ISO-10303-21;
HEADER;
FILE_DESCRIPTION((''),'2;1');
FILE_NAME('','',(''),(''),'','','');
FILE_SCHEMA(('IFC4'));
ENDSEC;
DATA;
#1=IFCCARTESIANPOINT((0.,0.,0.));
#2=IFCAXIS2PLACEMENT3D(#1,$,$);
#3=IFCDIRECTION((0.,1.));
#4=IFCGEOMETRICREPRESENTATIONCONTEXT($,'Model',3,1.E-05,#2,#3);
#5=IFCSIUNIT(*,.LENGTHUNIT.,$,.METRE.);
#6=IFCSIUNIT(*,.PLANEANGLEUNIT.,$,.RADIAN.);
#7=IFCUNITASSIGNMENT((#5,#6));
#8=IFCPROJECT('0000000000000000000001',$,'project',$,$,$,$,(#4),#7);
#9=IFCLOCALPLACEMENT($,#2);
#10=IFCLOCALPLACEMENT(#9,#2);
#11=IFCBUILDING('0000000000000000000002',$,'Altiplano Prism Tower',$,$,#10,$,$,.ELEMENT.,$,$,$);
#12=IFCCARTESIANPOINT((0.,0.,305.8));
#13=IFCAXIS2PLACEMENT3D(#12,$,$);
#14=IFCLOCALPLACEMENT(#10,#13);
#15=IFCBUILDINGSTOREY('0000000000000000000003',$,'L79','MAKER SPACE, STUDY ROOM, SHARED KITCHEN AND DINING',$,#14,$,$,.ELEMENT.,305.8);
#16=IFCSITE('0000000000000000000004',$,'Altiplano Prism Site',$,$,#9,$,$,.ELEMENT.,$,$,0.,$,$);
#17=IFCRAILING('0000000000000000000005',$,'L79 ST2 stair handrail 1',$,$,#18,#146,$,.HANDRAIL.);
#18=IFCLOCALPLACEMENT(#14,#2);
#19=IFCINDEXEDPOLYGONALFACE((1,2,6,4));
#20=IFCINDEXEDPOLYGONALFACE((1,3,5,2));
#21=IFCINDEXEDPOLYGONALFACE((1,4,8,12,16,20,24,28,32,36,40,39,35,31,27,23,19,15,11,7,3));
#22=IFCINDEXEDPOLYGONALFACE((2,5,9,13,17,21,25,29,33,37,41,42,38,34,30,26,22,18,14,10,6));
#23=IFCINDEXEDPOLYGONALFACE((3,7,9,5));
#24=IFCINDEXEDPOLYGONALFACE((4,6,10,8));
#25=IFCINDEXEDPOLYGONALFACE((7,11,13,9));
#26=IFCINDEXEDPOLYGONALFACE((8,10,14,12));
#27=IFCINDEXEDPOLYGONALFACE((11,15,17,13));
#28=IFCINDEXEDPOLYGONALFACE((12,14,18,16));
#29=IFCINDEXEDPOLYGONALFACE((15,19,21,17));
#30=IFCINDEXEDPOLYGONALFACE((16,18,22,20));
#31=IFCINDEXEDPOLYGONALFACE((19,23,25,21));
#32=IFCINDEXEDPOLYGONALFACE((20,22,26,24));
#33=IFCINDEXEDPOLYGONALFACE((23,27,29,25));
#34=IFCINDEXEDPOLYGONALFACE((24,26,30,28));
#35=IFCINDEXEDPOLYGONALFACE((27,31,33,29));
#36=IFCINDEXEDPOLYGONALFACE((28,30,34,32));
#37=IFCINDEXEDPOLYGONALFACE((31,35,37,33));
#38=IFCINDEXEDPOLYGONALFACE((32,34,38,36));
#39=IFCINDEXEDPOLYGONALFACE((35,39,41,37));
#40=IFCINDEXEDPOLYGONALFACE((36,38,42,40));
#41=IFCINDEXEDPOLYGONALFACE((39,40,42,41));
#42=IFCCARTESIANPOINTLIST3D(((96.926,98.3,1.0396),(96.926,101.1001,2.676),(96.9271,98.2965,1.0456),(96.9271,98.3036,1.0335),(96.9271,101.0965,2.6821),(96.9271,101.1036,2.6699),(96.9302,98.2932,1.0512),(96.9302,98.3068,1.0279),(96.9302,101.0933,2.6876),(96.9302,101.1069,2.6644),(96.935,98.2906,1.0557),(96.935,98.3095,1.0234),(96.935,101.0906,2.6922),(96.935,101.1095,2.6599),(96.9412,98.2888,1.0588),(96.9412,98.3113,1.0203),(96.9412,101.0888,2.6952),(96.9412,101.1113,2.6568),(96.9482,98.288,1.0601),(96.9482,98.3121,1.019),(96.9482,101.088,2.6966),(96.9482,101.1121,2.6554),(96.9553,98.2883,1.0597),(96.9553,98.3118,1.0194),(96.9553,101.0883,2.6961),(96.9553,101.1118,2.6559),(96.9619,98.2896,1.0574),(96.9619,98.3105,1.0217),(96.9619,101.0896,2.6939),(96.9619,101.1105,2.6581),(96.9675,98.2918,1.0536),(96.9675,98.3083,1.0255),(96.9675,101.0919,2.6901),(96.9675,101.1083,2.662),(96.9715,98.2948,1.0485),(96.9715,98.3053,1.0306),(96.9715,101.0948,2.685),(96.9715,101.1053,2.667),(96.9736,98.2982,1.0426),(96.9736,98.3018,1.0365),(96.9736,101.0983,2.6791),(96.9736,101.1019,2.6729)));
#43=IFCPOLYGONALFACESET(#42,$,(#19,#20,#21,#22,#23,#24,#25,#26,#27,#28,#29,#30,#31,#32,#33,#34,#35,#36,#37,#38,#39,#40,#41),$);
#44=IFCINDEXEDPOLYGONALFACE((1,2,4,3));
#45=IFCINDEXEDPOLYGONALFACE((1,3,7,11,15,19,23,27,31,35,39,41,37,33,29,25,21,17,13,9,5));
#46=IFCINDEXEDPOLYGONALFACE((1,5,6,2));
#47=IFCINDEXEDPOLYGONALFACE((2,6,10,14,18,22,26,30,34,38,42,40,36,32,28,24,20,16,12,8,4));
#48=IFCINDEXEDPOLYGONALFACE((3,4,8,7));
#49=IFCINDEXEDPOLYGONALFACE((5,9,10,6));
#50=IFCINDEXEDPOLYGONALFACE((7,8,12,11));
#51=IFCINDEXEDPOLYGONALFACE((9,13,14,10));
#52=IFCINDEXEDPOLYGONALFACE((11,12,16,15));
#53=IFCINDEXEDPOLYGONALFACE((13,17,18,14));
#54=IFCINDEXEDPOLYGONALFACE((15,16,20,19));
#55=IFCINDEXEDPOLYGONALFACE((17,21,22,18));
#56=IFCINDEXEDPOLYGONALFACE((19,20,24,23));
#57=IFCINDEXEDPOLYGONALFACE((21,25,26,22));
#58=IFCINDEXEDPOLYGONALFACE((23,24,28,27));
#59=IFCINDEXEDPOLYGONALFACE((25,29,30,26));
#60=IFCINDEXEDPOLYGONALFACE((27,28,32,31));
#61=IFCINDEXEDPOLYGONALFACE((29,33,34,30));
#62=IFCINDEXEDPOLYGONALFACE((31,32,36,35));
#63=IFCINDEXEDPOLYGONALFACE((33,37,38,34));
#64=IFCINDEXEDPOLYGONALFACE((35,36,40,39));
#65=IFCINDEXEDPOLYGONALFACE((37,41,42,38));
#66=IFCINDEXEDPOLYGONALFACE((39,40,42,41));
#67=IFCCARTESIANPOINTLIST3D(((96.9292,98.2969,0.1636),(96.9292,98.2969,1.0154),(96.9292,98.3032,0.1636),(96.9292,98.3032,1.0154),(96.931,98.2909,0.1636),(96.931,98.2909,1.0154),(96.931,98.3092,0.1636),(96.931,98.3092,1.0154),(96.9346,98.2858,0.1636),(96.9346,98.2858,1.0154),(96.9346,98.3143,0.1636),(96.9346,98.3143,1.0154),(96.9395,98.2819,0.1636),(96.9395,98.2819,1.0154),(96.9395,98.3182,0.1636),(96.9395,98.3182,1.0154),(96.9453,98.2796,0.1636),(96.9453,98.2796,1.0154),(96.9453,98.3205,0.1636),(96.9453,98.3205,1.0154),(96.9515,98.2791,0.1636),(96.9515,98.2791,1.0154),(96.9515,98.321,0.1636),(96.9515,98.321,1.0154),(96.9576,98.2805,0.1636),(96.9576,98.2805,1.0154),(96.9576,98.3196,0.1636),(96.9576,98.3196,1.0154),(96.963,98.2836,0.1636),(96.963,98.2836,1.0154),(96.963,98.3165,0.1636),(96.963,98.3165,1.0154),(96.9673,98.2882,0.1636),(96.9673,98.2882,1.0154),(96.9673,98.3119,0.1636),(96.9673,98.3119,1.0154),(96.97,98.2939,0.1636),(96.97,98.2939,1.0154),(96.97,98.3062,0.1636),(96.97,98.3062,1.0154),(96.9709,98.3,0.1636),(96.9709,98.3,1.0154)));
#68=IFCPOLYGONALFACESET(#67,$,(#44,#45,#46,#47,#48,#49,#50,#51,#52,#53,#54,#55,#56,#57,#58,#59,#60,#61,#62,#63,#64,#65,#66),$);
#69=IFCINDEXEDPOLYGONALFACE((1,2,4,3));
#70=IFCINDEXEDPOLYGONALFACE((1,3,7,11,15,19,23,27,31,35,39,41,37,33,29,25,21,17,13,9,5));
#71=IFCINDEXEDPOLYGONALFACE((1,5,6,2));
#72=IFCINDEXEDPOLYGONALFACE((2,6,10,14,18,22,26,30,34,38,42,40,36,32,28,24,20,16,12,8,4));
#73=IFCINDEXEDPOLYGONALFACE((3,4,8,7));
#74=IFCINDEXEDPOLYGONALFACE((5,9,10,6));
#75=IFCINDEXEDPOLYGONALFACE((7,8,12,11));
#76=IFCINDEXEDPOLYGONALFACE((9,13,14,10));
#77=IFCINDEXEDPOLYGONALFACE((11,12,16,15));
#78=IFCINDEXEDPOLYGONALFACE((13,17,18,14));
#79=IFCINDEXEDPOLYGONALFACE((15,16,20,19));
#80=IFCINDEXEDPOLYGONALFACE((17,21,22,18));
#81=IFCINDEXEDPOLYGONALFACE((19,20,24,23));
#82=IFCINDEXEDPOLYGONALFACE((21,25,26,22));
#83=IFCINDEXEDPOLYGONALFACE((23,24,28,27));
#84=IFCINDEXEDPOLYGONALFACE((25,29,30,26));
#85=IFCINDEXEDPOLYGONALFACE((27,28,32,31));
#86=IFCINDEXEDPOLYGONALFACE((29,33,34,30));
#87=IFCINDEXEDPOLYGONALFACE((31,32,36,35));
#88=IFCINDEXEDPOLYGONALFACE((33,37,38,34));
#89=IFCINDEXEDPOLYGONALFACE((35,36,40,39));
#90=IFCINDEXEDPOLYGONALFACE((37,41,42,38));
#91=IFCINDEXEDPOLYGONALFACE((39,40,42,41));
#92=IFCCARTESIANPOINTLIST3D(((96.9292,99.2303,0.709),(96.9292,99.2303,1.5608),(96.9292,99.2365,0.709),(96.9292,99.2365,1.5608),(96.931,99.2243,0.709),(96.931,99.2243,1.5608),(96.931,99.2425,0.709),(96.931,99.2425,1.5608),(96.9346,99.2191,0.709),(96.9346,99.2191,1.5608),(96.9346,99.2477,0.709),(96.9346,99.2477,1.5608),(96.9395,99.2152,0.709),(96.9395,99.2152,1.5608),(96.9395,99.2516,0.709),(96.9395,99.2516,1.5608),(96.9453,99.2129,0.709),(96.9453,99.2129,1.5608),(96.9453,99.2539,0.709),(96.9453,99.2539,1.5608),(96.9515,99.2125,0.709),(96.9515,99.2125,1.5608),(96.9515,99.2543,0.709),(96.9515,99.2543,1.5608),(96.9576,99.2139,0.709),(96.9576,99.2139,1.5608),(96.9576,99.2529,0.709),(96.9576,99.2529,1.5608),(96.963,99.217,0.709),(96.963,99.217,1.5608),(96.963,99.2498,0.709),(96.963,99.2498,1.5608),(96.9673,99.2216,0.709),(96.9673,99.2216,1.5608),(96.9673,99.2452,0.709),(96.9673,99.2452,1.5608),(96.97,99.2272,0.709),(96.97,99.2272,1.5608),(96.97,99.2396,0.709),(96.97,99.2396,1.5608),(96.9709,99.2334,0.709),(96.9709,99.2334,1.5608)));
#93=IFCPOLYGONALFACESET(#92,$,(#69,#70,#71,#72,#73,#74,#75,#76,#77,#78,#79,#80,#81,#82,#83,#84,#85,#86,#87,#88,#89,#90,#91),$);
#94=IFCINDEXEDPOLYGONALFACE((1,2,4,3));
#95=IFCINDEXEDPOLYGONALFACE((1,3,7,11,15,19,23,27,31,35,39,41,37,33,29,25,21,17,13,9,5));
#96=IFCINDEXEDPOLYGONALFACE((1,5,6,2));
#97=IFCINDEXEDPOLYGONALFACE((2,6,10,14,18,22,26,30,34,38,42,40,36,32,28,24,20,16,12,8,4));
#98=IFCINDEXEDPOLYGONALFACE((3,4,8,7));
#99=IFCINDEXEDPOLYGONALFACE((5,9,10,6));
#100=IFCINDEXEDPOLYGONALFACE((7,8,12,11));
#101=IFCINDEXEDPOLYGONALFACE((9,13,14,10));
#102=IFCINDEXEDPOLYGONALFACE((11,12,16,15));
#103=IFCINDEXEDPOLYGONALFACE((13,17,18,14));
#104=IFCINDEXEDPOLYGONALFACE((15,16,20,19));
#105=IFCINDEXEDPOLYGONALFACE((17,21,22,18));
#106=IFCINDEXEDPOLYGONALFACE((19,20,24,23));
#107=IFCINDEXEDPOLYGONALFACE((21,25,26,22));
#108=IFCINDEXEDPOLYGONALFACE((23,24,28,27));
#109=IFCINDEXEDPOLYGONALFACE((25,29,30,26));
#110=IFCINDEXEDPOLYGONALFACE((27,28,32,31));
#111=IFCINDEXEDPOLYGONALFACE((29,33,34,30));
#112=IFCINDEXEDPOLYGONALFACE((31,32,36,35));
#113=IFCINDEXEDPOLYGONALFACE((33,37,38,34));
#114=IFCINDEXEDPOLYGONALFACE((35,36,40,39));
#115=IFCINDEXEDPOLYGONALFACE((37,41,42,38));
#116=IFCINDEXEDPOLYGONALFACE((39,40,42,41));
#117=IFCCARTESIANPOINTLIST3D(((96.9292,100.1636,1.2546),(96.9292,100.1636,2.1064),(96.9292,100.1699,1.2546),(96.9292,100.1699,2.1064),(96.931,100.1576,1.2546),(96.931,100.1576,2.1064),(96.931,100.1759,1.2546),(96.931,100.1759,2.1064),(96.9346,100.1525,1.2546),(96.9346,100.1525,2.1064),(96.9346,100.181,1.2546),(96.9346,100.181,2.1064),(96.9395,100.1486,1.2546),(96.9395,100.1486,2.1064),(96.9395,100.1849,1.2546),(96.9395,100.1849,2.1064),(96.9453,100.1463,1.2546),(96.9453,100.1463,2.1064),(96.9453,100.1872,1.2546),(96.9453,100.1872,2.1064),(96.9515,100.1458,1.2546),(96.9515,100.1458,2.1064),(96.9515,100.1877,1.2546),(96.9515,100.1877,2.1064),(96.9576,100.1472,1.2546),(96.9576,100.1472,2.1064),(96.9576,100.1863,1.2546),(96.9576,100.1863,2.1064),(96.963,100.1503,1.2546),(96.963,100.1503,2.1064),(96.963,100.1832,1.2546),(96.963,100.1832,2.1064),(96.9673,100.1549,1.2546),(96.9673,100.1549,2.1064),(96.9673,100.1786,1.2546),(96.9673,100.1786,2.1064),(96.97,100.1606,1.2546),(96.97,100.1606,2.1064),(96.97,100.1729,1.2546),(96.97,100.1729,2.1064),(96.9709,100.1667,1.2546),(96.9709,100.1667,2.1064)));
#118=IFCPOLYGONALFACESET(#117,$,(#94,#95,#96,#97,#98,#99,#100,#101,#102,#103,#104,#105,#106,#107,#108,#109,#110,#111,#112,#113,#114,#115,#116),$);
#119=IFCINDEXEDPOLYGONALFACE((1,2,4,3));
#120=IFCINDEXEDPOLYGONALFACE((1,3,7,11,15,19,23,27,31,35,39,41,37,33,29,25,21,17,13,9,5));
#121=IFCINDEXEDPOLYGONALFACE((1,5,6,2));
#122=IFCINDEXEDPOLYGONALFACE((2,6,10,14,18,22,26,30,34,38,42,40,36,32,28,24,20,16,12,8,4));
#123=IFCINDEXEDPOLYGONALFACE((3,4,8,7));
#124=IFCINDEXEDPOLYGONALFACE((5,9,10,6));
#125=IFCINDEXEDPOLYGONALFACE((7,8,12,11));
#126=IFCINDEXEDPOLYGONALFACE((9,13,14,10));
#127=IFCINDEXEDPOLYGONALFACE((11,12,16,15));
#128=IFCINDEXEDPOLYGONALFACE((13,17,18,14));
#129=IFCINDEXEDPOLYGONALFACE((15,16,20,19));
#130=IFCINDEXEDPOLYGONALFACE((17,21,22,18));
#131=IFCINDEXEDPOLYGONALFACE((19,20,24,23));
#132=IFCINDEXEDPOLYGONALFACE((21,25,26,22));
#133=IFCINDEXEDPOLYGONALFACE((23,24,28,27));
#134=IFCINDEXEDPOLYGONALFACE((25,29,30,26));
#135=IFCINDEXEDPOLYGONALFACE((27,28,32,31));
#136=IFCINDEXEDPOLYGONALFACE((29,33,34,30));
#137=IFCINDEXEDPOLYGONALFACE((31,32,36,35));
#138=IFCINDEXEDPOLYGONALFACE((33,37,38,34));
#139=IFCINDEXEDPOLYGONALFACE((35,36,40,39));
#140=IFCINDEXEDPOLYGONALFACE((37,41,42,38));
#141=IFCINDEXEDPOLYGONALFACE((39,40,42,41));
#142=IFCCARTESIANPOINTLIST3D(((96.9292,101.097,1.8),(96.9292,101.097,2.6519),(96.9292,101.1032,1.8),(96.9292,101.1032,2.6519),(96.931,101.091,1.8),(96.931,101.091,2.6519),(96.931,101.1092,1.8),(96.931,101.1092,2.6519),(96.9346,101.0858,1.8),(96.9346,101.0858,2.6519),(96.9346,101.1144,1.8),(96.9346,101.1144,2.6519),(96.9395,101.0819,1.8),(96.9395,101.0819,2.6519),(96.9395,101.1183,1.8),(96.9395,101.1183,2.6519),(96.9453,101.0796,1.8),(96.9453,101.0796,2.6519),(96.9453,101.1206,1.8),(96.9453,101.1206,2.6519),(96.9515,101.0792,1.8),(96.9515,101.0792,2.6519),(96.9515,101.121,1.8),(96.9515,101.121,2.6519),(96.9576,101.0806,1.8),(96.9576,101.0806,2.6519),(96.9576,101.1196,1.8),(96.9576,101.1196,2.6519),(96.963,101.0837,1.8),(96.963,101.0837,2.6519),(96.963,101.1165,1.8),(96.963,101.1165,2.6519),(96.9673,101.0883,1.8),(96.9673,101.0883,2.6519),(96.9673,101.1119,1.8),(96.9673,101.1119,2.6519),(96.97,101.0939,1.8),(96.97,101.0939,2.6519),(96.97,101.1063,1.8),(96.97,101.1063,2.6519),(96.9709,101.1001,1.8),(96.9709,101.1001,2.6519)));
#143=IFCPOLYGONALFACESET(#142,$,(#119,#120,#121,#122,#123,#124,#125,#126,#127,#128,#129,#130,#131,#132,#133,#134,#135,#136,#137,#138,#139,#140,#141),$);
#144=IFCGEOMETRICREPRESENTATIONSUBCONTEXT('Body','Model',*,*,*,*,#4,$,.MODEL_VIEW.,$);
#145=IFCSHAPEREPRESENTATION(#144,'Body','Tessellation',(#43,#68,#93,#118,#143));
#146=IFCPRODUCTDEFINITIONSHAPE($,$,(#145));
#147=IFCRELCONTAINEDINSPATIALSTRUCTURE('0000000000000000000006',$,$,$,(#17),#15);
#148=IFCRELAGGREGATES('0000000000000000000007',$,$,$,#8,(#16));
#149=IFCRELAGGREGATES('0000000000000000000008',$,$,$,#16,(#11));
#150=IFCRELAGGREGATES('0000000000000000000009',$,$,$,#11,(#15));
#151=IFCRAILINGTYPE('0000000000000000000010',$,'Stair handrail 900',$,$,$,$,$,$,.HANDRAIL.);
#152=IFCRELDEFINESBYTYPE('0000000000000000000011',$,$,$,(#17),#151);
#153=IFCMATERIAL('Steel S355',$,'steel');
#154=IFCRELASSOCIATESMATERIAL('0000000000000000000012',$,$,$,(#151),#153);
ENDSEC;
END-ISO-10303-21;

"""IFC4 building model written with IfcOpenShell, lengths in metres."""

from ifc_helpers import new_model, si_unit, direction, frame, origin, origin_2d, place, context, subcontext, project, spatial, circle, extrude, material, type_object, element, save


model = new_model("IFC4")

# Units and contexts
model_context = context("Model", 3, precision=1e-05, world=origin(), true_north=direction((0.0, 1.0)))
body_context = subcontext(model_context, "Body", "Model", "MODEL_VIEW")
ifc_project = project(units=[si_unit("LENGTHUNIT", "METRE"), si_unit("PLANEANGLEUNIT", "RADIAN")], contexts=[model_context])

# Site, building, storey
site_placement = place(None, origin())
site = spatial("IfcSite", under=ifc_project, at=site_placement, Name="Altiplano Prism Site", CompositionType="ELEMENT", RefElevation=0.0)
building_placement = place(site_placement, origin())
building = spatial("IfcBuilding", under=site, at=building_placement, Name="Altiplano Prism Tower", CompositionType="ELEMENT")
storey_placement = place(building_placement, frame((0.0, 0.0, 305.8)))
storey = spatial("IfcBuildingStorey", under=building, at=storey_placement, Name="L79", Description="MAKER SPACE, STUDY ROOM, SHARED KITCHEN AND DINING", CompositionType="ELEMENT", Elevation=305.8)

# Railing
ifc_material_1 = material(Name="Steel S355", Category="steel")
railing_type = type_object("IfcRailingType", Name="Stair handrail 900", PredefinedType="HANDRAIL", material=ifc_material_1)
railing_placement = place(storey_placement, frame((96.95, 98.3, 0.1636)))
element("IfcRailing", 1, at=railing_placement, inside=storey, type_object=railing_type, Name="L79 ST2 stair handrail 1", PredefinedType="HANDRAIL", context=body_context, shape_type="SweptSolid", body=[
    extrude(circle(Radius=0.0239, at=origin_2d()), frame((0.0, 0.0, 0.876), z_axis=(0.0, 0.863361, 0.504587), x_axis=(-1.0, 0.0, 0.0)), (0.0, 0.0, 1.0), 3.2432),
    extrude(circle(Radius=0.021, at=origin_2d()), origin(), (0.0, 0.0, 1.0), 0.8518),
    extrude(circle(Radius=0.021, at=origin_2d()), frame((0.0, 0.9333, 0.5454)), (0.0, 0.0, 1.0), 0.8518),
    extrude(circle(Radius=0.021, at=origin_2d()), frame((0.0, 1.8667, 1.0911)), (0.0, 0.0, 1.0), 0.8518),
    extrude(circle(Radius=0.021, at=origin_2d()), frame((0.0, 2.8, 1.6365)), (0.0, 0.0, 1.0), 0.8518),
])

save(model, "model.ifc")
